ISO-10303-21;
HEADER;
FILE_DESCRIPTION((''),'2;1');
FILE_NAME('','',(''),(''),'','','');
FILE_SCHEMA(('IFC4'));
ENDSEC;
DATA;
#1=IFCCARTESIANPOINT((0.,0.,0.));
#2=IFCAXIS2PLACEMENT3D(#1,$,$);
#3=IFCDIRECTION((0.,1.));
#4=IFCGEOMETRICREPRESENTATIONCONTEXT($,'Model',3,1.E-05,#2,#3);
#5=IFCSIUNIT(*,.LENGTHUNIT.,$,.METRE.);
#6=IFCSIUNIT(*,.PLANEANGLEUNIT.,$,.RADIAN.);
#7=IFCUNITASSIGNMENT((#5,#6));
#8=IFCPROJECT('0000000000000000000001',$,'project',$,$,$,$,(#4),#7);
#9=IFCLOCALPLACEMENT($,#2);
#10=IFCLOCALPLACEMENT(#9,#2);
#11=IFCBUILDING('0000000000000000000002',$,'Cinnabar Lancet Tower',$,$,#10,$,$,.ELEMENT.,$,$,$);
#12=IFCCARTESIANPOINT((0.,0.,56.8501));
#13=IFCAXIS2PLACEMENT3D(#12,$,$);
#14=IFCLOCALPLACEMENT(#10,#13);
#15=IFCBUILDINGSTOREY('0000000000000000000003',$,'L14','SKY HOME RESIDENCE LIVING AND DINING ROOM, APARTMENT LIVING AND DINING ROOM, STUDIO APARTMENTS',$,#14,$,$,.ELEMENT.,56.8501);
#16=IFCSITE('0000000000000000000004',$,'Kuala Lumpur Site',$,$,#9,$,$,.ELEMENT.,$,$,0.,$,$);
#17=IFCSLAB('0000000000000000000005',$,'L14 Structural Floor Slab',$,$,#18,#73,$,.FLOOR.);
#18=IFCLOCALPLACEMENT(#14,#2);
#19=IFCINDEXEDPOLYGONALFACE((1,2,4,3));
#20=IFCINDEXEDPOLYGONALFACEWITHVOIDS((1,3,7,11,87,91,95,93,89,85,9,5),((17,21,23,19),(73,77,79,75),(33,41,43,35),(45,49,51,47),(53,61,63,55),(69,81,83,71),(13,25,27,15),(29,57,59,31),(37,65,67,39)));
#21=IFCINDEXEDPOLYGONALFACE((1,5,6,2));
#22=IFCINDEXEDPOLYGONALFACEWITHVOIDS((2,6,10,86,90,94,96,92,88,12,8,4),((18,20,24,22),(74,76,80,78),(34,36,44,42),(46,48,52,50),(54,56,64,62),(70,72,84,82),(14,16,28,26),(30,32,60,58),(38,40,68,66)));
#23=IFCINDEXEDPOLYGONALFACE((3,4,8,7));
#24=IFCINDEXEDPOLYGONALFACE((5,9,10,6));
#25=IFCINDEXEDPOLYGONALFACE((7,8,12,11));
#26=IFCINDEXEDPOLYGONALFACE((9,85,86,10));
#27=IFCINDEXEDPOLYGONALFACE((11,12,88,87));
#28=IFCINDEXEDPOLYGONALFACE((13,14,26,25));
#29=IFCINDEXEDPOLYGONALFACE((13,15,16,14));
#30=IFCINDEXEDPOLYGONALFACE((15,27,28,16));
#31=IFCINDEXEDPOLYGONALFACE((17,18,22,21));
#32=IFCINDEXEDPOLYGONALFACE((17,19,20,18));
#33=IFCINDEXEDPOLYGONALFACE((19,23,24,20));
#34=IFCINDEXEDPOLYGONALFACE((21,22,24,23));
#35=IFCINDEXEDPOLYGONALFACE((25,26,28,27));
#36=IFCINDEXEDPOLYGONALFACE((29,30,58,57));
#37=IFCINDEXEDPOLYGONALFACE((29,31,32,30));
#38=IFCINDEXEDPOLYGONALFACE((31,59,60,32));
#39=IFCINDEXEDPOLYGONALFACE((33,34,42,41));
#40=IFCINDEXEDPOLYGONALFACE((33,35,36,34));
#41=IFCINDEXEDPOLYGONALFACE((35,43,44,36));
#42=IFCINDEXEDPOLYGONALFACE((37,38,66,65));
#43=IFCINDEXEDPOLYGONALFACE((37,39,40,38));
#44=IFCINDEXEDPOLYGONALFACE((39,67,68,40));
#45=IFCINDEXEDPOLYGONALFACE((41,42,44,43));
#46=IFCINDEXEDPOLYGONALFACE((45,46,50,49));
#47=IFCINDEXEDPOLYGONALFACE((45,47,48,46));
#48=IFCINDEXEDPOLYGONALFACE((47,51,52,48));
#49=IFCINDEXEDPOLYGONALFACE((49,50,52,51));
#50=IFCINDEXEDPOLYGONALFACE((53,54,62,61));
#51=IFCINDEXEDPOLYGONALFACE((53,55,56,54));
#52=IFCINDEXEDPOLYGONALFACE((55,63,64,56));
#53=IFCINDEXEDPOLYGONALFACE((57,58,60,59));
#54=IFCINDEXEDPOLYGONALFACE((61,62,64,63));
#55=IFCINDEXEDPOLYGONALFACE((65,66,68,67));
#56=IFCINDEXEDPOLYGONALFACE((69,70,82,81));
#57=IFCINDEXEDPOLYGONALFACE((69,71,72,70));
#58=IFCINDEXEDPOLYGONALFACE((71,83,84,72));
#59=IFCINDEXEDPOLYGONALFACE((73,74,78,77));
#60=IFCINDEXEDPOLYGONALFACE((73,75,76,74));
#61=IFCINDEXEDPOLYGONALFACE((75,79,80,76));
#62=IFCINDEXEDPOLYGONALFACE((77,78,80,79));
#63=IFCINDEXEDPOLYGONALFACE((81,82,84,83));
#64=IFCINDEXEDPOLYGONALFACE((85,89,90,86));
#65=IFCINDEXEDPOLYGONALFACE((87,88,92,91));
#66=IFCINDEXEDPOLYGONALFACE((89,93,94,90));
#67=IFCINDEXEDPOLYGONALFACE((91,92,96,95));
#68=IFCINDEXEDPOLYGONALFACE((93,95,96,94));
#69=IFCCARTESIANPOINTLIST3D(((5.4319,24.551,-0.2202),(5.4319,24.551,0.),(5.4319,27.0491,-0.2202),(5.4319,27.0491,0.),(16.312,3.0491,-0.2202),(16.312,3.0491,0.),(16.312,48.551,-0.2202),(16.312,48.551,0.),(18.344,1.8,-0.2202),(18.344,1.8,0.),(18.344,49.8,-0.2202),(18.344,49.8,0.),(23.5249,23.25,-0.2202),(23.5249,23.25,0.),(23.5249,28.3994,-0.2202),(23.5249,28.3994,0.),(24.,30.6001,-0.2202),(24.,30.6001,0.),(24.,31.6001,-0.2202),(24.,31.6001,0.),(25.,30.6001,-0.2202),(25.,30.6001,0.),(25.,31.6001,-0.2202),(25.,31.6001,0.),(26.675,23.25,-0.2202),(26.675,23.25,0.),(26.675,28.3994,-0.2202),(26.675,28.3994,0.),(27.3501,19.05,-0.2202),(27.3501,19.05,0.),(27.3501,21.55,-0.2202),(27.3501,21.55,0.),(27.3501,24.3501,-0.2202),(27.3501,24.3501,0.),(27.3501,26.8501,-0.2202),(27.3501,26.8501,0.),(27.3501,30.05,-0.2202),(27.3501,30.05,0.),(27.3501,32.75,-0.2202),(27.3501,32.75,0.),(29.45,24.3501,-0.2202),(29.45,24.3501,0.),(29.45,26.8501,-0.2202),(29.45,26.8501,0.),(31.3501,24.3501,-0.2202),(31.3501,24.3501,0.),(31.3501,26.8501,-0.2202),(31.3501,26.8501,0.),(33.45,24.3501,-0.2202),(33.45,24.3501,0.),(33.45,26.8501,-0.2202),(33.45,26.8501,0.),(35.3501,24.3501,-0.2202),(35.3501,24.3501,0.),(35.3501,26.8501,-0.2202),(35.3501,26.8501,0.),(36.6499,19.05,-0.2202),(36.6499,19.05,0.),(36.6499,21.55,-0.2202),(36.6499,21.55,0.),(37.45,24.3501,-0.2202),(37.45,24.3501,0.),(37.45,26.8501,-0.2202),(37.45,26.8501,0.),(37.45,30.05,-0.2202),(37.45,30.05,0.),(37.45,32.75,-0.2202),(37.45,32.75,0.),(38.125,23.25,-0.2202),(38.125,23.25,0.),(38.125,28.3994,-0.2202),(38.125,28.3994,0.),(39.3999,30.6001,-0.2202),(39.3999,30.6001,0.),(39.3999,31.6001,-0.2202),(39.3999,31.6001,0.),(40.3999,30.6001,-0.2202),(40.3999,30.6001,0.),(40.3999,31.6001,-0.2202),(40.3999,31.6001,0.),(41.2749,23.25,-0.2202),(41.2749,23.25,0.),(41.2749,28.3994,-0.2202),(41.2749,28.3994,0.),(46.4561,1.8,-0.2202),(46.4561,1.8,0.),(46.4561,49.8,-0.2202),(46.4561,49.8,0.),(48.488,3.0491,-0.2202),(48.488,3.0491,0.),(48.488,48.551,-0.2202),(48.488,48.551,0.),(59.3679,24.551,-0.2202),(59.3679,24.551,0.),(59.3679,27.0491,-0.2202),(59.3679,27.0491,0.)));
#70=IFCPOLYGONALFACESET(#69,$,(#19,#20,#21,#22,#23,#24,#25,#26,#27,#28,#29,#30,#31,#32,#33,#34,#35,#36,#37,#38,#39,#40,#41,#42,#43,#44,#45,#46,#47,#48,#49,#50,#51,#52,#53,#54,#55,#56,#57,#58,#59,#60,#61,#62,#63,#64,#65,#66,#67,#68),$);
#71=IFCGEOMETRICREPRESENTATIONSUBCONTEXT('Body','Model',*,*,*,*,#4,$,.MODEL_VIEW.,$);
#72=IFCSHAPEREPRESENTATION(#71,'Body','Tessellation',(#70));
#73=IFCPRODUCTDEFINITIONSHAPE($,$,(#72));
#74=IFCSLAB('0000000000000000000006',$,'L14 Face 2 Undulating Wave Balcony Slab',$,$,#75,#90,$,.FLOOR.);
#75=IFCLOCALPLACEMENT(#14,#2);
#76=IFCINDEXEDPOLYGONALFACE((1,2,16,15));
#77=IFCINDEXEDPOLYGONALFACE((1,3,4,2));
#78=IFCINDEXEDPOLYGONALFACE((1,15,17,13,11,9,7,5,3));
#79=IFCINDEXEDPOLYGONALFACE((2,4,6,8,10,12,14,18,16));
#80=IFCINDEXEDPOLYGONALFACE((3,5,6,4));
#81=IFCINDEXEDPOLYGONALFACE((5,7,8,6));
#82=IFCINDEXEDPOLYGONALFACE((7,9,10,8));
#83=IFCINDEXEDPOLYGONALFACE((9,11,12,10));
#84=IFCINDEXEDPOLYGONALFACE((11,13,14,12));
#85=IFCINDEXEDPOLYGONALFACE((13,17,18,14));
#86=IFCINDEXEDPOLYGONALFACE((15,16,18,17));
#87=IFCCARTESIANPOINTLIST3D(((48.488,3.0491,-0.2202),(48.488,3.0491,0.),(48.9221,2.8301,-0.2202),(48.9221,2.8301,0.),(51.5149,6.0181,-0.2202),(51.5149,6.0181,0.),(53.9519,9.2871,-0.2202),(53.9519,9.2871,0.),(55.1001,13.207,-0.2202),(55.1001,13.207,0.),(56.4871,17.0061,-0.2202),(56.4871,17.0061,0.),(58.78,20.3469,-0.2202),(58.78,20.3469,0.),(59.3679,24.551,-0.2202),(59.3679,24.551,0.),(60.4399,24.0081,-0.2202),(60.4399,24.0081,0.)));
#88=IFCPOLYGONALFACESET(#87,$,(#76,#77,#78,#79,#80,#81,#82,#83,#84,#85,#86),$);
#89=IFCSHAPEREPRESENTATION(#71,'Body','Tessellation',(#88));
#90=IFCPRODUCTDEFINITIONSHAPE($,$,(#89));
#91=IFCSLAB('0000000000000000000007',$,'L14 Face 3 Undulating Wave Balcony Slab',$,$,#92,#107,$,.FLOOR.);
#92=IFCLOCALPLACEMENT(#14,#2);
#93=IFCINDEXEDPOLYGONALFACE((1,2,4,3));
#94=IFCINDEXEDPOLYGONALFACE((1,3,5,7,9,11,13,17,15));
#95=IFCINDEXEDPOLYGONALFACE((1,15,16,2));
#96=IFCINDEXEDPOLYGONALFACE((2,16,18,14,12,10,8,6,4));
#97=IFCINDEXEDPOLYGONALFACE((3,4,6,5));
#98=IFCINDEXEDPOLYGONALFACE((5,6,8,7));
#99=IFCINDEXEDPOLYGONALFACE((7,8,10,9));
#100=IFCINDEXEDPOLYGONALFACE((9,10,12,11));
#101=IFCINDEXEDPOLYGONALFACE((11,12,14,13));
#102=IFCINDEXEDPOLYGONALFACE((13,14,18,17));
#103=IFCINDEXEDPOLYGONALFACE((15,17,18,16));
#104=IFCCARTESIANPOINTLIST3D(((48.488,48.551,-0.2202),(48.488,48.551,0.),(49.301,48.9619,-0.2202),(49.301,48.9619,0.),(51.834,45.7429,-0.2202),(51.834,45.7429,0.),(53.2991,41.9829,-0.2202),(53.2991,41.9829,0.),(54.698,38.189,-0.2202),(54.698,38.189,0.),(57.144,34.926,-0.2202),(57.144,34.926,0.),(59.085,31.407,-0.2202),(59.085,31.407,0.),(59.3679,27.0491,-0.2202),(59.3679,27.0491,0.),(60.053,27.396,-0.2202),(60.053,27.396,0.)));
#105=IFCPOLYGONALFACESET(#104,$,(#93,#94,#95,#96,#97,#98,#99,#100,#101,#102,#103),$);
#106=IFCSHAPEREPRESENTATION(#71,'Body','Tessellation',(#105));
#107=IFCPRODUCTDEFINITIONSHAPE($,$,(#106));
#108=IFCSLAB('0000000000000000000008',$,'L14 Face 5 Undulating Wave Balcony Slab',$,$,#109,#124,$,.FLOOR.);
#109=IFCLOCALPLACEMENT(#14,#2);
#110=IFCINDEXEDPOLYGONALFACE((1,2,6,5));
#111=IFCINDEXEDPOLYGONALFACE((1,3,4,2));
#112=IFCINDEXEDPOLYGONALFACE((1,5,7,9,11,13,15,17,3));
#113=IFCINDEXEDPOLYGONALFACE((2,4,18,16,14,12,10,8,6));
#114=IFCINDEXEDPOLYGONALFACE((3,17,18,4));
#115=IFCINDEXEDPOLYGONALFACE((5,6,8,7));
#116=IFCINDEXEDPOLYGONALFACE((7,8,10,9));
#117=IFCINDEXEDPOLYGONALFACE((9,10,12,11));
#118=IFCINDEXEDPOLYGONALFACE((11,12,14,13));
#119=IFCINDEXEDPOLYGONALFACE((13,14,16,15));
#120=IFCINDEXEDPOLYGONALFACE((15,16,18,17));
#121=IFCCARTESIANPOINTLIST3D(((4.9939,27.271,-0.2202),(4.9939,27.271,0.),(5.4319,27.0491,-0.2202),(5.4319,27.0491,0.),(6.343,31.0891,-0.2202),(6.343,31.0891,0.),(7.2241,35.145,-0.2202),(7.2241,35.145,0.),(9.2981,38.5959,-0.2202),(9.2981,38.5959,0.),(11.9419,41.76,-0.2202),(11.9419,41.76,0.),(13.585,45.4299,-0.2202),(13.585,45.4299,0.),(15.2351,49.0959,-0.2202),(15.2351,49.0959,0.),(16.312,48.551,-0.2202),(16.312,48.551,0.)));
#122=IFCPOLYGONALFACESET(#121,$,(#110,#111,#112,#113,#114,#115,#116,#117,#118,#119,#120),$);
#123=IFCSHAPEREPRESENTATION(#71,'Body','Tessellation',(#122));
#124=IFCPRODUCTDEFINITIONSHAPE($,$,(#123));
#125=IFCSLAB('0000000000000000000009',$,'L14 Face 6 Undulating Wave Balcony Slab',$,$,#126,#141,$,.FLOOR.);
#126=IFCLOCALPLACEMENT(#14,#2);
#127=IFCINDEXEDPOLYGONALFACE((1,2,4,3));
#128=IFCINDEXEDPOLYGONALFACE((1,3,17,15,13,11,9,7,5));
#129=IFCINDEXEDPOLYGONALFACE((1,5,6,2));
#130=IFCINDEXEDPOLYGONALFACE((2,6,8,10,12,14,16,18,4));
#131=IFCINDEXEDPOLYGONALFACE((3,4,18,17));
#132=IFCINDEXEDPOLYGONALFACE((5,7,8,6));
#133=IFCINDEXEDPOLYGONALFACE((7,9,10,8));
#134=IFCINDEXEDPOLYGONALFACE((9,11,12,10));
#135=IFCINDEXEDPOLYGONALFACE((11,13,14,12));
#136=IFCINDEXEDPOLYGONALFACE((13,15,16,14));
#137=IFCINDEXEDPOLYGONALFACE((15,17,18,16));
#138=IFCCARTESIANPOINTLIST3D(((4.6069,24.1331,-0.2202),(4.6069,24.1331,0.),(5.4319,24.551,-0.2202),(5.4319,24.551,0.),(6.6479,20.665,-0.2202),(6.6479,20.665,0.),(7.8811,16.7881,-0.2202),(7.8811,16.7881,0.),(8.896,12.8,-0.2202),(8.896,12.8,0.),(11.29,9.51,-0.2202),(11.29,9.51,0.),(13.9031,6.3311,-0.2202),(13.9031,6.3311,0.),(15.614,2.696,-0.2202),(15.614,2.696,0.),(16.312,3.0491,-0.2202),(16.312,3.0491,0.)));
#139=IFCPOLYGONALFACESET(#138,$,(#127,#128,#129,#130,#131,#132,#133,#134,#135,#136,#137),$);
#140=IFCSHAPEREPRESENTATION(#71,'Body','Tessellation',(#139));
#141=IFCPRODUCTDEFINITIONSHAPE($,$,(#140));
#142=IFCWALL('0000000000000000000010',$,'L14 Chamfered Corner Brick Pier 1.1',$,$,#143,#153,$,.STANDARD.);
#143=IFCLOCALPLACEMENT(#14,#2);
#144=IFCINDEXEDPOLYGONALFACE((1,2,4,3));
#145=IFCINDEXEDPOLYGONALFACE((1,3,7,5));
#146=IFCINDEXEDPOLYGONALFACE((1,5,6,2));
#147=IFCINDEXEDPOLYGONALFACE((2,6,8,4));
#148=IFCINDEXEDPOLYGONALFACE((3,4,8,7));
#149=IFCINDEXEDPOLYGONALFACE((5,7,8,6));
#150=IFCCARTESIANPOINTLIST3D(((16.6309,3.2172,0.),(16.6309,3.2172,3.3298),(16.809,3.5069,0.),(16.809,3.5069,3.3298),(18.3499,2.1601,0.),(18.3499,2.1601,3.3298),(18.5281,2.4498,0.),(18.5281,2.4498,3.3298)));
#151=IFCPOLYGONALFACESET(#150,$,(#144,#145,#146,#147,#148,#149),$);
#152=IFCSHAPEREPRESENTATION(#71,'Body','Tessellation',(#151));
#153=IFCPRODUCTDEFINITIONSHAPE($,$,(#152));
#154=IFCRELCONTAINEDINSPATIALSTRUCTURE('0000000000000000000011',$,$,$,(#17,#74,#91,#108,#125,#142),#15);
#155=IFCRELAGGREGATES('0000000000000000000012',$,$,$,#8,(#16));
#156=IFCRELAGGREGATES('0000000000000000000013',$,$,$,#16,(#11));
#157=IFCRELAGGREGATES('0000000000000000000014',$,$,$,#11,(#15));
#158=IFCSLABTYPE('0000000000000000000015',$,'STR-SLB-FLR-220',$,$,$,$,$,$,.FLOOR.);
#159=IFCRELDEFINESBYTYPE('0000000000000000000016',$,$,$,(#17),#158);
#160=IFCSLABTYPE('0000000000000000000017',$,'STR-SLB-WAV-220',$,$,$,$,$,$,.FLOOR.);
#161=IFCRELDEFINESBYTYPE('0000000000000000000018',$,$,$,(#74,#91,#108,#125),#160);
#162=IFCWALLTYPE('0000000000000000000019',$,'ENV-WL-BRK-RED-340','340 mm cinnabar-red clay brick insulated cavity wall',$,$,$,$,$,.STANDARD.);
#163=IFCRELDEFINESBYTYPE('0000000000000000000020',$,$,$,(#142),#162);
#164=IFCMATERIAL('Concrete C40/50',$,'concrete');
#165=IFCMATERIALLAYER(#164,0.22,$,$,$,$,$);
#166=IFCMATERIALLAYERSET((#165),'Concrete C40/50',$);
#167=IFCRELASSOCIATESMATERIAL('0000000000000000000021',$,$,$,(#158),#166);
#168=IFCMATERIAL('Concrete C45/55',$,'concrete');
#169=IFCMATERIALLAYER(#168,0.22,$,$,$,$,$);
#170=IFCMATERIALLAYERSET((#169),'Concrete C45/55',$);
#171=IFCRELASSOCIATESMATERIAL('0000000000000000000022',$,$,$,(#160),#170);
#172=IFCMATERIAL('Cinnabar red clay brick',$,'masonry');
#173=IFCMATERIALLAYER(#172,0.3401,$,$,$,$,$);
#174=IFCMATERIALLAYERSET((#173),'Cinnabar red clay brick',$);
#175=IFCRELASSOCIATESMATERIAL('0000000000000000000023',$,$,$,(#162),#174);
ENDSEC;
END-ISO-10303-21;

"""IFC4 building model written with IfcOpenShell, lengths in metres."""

from ifc_helpers import new_model, si_unit, direction, frame, frame_2d, origin, place, context, subcontext, project, spatial, polyline, rectangle, outline, extrude, material, layer, layer_set, type_object, element, save


model = new_model("IFC4")

# Units and contexts
model_context = context("Model", 3, precision=1e-05, world=origin(), true_north=direction((0.0, 1.0)))
body_context = subcontext(model_context, "Body", "Model", "MODEL_VIEW")
ifc_project = project(units=[si_unit("LENGTHUNIT", "METRE"), si_unit("PLANEANGLEUNIT", "RADIAN")], contexts=[model_context])

# Site, building, storey
site_placement = place(None, origin())
site = spatial("IfcSite", under=ifc_project, at=site_placement, Name="Kuala Lumpur Site", CompositionType="ELEMENT", RefElevation=0.0)
building_placement = place(site_placement, origin())
building = spatial("IfcBuilding", under=site, at=building_placement, Name="Cinnabar Lancet Tower", CompositionType="ELEMENT")
storey_placement = place(building_placement, frame((0.0, 0.0, 56.8501)))
storey = spatial("IfcBuildingStorey", under=building, at=storey_placement, Name="L14", Description="SKY HOME RESIDENCE LIVING AND DINING ROOM, APARTMENT LIVING AND DINING ROOM, STUDIO APARTMENTS", CompositionType="ELEMENT", Elevation=56.8501)

# Slabs
ifc_material_1 = material(Name="Concrete C40/50", Category="concrete")
ifc_layer_1 = layer(ifc_material_1, 0.22)
ifc_layer_set_1 = layer_set([ifc_layer_1], Name="Concrete C40/50")
slab_type_1 = type_object("IfcSlabType", Name="STR-SLB-FLR-220", PredefinedType="FLOOR", material=ifc_layer_set_1)
slab_1_placement = place(storey_placement, frame((0.0, 0.0, -0.2202)))
element("IfcSlab", 1, at=slab_1_placement, inside=storey, type_object=slab_type_1, Name="L14 Structural Floor Slab", PredefinedType="FLOOR", context=body_context, shape_type="SweptSolid", body=[
    extrude(outline(polyline([(16.312, 3.0491), (18.344, 1.8), (46.4561, 1.8), (48.488, 3.0491), (59.3679, 24.551), (59.3679, 27.0491), (48.488, 48.551), (46.4561, 49.8), (18.344, 49.8), (16.312, 48.551), (5.4319, 27.0491), (5.4319, 24.551), (16.312, 3.0491)]), holes=[polyline([(23.5249, 23.25), (26.675, 23.25), (26.675, 28.3994), (23.5249, 28.3994), (23.5249, 23.25)]), polyline([(38.125, 23.25), (41.2749, 23.25), (41.2749, 28.3994), (38.125, 28.3994), (38.125, 23.25)]), polyline([(27.3501, 30.05), (37.45, 30.05), (37.45, 32.75), (27.3501, 32.75), (27.3501, 30.05)]), polyline([(27.3501, 19.05), (36.6499, 19.05), (36.6499, 21.55), (27.3501, 21.55), (27.3501, 19.05)]), polyline([(27.3501, 24.3501), (29.45, 24.3501), (29.45, 26.8501), (27.3501, 26.8501), (27.3501, 24.3501)]), polyline([(35.3501, 24.3501), (37.45, 24.3501), (37.45, 26.8501), (35.3501, 26.8501), (35.3501, 24.3501)]), polyline([(31.3501, 24.3501), (33.45, 24.3501), (33.45, 26.8501), (31.3501, 26.8501), (31.3501, 24.3501)]), polyline([(24.0, 30.6001), (25.0, 30.6001), (25.0, 31.6001), (24.0, 31.6001), (24.0, 30.6001)]), polyline([(39.3999, 30.6001), (40.3999, 30.6001), (40.3999, 31.6001), (39.3999, 31.6001), (39.3999, 30.6001)])]), origin(), (0.0, 0.0, 1.0), 0.2202),
])
ifc_material_2 = material(Name="Concrete C45/55", Category="concrete")
ifc_layer_2 = layer(ifc_material_2, 0.22)
ifc_layer_set_2 = layer_set([ifc_layer_2], Name="Concrete C45/55")
slab_type_2 = type_object("IfcSlabType", Name="STR-SLB-WAV-220", PredefinedType="FLOOR", material=ifc_layer_set_2)
slab_2_placement = place(storey_placement, frame((0.0, 0.0, -0.2202)))
element("IfcSlab", 2, at=slab_2_placement, inside=storey, type_object=slab_type_2, Name="L14 Face 2 Undulating Wave Balcony Slab", PredefinedType="FLOOR", context=body_context, shape_type="SweptSolid", body=[
    extrude(outline(polyline([(48.488, 3.0491), (48.9221, 2.8301), (51.5149, 6.0181), (53.9519, 9.2871), (55.1001, 13.207), (56.4871, 17.0061), (58.78, 20.3469), (60.4399, 24.0081), (59.3679, 24.551), (48.488, 3.0491)])), origin(), (0.0, 0.0, 1.0), 0.2202),
])
slab_3_placement = place(storey_placement, frame((0.0, 0.0, -0.2202)))
element("IfcSlab", 3, at=slab_3_placement, inside=storey, type_object=slab_type_2, Name="L14 Face 3 Undulating Wave Balcony Slab", PredefinedType="FLOOR", context=body_context, shape_type="SweptSolid", body=[
    extrude(outline(polyline([(59.3679, 27.0491), (60.053, 27.396), (59.085, 31.407), (57.144, 34.926), (54.698, 38.189), (53.2991, 41.9829), (51.834, 45.7429), (49.301, 48.9619), (48.488, 48.551), (59.3679, 27.0491)])), origin(), (0.0, 0.0, 1.0), 0.2202),
])
slab_4_placement = place(storey_placement, frame((0.0, 0.0, -0.2202)))
element("IfcSlab", 4, at=slab_4_placement, inside=storey, type_object=slab_type_2, Name="L14 Face 5 Undulating Wave Balcony Slab", PredefinedType="FLOOR", context=body_context, shape_type="SweptSolid", body=[
    extrude(outline(polyline([(16.312, 48.551), (15.2351, 49.0959), (13.585, 45.4299), (11.9419, 41.76), (9.2981, 38.5959), (7.2241, 35.145), (6.343, 31.0891), (4.9939, 27.271), (5.4319, 27.0491), (16.312, 48.551)])), origin(), (0.0, 0.0, 1.0), 0.2202),
])
slab_5_placement = place(storey_placement, frame((0.0, 0.0, -0.2202)))
element("IfcSlab", 5, at=slab_5_placement, inside=storey, type_object=slab_type_2, Name="L14 Face 6 Undulating Wave Balcony Slab", PredefinedType="FLOOR", context=body_context, shape_type="SweptSolid", body=[
    extrude(outline(polyline([(5.4319, 24.551), (4.6069, 24.1331), (6.6479, 20.665), (7.8811, 16.7881), (8.896, 12.8), (11.29, 9.51), (13.9031, 6.3311), (15.614, 2.696), (16.312, 3.0491), (5.4319, 24.551)])), origin(), (0.0, 0.0, 1.0), 0.2202),
])

# Wall
ifc_material_3 = material(Name="Cinnabar red clay brick", Category="masonry")
ifc_layer_3 = layer(ifc_material_3, 0.3401)
ifc_layer_set_3 = layer_set([ifc_layer_3], Name="Cinnabar red clay brick")
wall_type = type_object("IfcWallType", Name="ENV-WL-BRK-RED-340", Description="340 mm cinnabar-red clay brick insulated cavity wall", PredefinedType="STANDARD", material=ifc_layer_set_3)
wall_1_placement = place(storey_placement, frame((16.72, 3.3621, 0.0), z_axis=(0.0, 0.0, 1.0), x_axis=(0.851816, -0.523841, 0.0)))
element("IfcWall", 6, at=wall_1_placement, inside=storey, type_object=wall_type, Name="L14 Chamfered Corner Brick Pier 1.1", PredefinedType="STANDARD", context=body_context, shape_type="SweptSolid", body=[
    extrude(rectangle(XDim=2.0181, YDim=0.3401, at=frame_2d((1.009, 0.0))), origin(), (0.0, 0.0, 1.0), 3.3298),
])

save(model, "model.ifc")
